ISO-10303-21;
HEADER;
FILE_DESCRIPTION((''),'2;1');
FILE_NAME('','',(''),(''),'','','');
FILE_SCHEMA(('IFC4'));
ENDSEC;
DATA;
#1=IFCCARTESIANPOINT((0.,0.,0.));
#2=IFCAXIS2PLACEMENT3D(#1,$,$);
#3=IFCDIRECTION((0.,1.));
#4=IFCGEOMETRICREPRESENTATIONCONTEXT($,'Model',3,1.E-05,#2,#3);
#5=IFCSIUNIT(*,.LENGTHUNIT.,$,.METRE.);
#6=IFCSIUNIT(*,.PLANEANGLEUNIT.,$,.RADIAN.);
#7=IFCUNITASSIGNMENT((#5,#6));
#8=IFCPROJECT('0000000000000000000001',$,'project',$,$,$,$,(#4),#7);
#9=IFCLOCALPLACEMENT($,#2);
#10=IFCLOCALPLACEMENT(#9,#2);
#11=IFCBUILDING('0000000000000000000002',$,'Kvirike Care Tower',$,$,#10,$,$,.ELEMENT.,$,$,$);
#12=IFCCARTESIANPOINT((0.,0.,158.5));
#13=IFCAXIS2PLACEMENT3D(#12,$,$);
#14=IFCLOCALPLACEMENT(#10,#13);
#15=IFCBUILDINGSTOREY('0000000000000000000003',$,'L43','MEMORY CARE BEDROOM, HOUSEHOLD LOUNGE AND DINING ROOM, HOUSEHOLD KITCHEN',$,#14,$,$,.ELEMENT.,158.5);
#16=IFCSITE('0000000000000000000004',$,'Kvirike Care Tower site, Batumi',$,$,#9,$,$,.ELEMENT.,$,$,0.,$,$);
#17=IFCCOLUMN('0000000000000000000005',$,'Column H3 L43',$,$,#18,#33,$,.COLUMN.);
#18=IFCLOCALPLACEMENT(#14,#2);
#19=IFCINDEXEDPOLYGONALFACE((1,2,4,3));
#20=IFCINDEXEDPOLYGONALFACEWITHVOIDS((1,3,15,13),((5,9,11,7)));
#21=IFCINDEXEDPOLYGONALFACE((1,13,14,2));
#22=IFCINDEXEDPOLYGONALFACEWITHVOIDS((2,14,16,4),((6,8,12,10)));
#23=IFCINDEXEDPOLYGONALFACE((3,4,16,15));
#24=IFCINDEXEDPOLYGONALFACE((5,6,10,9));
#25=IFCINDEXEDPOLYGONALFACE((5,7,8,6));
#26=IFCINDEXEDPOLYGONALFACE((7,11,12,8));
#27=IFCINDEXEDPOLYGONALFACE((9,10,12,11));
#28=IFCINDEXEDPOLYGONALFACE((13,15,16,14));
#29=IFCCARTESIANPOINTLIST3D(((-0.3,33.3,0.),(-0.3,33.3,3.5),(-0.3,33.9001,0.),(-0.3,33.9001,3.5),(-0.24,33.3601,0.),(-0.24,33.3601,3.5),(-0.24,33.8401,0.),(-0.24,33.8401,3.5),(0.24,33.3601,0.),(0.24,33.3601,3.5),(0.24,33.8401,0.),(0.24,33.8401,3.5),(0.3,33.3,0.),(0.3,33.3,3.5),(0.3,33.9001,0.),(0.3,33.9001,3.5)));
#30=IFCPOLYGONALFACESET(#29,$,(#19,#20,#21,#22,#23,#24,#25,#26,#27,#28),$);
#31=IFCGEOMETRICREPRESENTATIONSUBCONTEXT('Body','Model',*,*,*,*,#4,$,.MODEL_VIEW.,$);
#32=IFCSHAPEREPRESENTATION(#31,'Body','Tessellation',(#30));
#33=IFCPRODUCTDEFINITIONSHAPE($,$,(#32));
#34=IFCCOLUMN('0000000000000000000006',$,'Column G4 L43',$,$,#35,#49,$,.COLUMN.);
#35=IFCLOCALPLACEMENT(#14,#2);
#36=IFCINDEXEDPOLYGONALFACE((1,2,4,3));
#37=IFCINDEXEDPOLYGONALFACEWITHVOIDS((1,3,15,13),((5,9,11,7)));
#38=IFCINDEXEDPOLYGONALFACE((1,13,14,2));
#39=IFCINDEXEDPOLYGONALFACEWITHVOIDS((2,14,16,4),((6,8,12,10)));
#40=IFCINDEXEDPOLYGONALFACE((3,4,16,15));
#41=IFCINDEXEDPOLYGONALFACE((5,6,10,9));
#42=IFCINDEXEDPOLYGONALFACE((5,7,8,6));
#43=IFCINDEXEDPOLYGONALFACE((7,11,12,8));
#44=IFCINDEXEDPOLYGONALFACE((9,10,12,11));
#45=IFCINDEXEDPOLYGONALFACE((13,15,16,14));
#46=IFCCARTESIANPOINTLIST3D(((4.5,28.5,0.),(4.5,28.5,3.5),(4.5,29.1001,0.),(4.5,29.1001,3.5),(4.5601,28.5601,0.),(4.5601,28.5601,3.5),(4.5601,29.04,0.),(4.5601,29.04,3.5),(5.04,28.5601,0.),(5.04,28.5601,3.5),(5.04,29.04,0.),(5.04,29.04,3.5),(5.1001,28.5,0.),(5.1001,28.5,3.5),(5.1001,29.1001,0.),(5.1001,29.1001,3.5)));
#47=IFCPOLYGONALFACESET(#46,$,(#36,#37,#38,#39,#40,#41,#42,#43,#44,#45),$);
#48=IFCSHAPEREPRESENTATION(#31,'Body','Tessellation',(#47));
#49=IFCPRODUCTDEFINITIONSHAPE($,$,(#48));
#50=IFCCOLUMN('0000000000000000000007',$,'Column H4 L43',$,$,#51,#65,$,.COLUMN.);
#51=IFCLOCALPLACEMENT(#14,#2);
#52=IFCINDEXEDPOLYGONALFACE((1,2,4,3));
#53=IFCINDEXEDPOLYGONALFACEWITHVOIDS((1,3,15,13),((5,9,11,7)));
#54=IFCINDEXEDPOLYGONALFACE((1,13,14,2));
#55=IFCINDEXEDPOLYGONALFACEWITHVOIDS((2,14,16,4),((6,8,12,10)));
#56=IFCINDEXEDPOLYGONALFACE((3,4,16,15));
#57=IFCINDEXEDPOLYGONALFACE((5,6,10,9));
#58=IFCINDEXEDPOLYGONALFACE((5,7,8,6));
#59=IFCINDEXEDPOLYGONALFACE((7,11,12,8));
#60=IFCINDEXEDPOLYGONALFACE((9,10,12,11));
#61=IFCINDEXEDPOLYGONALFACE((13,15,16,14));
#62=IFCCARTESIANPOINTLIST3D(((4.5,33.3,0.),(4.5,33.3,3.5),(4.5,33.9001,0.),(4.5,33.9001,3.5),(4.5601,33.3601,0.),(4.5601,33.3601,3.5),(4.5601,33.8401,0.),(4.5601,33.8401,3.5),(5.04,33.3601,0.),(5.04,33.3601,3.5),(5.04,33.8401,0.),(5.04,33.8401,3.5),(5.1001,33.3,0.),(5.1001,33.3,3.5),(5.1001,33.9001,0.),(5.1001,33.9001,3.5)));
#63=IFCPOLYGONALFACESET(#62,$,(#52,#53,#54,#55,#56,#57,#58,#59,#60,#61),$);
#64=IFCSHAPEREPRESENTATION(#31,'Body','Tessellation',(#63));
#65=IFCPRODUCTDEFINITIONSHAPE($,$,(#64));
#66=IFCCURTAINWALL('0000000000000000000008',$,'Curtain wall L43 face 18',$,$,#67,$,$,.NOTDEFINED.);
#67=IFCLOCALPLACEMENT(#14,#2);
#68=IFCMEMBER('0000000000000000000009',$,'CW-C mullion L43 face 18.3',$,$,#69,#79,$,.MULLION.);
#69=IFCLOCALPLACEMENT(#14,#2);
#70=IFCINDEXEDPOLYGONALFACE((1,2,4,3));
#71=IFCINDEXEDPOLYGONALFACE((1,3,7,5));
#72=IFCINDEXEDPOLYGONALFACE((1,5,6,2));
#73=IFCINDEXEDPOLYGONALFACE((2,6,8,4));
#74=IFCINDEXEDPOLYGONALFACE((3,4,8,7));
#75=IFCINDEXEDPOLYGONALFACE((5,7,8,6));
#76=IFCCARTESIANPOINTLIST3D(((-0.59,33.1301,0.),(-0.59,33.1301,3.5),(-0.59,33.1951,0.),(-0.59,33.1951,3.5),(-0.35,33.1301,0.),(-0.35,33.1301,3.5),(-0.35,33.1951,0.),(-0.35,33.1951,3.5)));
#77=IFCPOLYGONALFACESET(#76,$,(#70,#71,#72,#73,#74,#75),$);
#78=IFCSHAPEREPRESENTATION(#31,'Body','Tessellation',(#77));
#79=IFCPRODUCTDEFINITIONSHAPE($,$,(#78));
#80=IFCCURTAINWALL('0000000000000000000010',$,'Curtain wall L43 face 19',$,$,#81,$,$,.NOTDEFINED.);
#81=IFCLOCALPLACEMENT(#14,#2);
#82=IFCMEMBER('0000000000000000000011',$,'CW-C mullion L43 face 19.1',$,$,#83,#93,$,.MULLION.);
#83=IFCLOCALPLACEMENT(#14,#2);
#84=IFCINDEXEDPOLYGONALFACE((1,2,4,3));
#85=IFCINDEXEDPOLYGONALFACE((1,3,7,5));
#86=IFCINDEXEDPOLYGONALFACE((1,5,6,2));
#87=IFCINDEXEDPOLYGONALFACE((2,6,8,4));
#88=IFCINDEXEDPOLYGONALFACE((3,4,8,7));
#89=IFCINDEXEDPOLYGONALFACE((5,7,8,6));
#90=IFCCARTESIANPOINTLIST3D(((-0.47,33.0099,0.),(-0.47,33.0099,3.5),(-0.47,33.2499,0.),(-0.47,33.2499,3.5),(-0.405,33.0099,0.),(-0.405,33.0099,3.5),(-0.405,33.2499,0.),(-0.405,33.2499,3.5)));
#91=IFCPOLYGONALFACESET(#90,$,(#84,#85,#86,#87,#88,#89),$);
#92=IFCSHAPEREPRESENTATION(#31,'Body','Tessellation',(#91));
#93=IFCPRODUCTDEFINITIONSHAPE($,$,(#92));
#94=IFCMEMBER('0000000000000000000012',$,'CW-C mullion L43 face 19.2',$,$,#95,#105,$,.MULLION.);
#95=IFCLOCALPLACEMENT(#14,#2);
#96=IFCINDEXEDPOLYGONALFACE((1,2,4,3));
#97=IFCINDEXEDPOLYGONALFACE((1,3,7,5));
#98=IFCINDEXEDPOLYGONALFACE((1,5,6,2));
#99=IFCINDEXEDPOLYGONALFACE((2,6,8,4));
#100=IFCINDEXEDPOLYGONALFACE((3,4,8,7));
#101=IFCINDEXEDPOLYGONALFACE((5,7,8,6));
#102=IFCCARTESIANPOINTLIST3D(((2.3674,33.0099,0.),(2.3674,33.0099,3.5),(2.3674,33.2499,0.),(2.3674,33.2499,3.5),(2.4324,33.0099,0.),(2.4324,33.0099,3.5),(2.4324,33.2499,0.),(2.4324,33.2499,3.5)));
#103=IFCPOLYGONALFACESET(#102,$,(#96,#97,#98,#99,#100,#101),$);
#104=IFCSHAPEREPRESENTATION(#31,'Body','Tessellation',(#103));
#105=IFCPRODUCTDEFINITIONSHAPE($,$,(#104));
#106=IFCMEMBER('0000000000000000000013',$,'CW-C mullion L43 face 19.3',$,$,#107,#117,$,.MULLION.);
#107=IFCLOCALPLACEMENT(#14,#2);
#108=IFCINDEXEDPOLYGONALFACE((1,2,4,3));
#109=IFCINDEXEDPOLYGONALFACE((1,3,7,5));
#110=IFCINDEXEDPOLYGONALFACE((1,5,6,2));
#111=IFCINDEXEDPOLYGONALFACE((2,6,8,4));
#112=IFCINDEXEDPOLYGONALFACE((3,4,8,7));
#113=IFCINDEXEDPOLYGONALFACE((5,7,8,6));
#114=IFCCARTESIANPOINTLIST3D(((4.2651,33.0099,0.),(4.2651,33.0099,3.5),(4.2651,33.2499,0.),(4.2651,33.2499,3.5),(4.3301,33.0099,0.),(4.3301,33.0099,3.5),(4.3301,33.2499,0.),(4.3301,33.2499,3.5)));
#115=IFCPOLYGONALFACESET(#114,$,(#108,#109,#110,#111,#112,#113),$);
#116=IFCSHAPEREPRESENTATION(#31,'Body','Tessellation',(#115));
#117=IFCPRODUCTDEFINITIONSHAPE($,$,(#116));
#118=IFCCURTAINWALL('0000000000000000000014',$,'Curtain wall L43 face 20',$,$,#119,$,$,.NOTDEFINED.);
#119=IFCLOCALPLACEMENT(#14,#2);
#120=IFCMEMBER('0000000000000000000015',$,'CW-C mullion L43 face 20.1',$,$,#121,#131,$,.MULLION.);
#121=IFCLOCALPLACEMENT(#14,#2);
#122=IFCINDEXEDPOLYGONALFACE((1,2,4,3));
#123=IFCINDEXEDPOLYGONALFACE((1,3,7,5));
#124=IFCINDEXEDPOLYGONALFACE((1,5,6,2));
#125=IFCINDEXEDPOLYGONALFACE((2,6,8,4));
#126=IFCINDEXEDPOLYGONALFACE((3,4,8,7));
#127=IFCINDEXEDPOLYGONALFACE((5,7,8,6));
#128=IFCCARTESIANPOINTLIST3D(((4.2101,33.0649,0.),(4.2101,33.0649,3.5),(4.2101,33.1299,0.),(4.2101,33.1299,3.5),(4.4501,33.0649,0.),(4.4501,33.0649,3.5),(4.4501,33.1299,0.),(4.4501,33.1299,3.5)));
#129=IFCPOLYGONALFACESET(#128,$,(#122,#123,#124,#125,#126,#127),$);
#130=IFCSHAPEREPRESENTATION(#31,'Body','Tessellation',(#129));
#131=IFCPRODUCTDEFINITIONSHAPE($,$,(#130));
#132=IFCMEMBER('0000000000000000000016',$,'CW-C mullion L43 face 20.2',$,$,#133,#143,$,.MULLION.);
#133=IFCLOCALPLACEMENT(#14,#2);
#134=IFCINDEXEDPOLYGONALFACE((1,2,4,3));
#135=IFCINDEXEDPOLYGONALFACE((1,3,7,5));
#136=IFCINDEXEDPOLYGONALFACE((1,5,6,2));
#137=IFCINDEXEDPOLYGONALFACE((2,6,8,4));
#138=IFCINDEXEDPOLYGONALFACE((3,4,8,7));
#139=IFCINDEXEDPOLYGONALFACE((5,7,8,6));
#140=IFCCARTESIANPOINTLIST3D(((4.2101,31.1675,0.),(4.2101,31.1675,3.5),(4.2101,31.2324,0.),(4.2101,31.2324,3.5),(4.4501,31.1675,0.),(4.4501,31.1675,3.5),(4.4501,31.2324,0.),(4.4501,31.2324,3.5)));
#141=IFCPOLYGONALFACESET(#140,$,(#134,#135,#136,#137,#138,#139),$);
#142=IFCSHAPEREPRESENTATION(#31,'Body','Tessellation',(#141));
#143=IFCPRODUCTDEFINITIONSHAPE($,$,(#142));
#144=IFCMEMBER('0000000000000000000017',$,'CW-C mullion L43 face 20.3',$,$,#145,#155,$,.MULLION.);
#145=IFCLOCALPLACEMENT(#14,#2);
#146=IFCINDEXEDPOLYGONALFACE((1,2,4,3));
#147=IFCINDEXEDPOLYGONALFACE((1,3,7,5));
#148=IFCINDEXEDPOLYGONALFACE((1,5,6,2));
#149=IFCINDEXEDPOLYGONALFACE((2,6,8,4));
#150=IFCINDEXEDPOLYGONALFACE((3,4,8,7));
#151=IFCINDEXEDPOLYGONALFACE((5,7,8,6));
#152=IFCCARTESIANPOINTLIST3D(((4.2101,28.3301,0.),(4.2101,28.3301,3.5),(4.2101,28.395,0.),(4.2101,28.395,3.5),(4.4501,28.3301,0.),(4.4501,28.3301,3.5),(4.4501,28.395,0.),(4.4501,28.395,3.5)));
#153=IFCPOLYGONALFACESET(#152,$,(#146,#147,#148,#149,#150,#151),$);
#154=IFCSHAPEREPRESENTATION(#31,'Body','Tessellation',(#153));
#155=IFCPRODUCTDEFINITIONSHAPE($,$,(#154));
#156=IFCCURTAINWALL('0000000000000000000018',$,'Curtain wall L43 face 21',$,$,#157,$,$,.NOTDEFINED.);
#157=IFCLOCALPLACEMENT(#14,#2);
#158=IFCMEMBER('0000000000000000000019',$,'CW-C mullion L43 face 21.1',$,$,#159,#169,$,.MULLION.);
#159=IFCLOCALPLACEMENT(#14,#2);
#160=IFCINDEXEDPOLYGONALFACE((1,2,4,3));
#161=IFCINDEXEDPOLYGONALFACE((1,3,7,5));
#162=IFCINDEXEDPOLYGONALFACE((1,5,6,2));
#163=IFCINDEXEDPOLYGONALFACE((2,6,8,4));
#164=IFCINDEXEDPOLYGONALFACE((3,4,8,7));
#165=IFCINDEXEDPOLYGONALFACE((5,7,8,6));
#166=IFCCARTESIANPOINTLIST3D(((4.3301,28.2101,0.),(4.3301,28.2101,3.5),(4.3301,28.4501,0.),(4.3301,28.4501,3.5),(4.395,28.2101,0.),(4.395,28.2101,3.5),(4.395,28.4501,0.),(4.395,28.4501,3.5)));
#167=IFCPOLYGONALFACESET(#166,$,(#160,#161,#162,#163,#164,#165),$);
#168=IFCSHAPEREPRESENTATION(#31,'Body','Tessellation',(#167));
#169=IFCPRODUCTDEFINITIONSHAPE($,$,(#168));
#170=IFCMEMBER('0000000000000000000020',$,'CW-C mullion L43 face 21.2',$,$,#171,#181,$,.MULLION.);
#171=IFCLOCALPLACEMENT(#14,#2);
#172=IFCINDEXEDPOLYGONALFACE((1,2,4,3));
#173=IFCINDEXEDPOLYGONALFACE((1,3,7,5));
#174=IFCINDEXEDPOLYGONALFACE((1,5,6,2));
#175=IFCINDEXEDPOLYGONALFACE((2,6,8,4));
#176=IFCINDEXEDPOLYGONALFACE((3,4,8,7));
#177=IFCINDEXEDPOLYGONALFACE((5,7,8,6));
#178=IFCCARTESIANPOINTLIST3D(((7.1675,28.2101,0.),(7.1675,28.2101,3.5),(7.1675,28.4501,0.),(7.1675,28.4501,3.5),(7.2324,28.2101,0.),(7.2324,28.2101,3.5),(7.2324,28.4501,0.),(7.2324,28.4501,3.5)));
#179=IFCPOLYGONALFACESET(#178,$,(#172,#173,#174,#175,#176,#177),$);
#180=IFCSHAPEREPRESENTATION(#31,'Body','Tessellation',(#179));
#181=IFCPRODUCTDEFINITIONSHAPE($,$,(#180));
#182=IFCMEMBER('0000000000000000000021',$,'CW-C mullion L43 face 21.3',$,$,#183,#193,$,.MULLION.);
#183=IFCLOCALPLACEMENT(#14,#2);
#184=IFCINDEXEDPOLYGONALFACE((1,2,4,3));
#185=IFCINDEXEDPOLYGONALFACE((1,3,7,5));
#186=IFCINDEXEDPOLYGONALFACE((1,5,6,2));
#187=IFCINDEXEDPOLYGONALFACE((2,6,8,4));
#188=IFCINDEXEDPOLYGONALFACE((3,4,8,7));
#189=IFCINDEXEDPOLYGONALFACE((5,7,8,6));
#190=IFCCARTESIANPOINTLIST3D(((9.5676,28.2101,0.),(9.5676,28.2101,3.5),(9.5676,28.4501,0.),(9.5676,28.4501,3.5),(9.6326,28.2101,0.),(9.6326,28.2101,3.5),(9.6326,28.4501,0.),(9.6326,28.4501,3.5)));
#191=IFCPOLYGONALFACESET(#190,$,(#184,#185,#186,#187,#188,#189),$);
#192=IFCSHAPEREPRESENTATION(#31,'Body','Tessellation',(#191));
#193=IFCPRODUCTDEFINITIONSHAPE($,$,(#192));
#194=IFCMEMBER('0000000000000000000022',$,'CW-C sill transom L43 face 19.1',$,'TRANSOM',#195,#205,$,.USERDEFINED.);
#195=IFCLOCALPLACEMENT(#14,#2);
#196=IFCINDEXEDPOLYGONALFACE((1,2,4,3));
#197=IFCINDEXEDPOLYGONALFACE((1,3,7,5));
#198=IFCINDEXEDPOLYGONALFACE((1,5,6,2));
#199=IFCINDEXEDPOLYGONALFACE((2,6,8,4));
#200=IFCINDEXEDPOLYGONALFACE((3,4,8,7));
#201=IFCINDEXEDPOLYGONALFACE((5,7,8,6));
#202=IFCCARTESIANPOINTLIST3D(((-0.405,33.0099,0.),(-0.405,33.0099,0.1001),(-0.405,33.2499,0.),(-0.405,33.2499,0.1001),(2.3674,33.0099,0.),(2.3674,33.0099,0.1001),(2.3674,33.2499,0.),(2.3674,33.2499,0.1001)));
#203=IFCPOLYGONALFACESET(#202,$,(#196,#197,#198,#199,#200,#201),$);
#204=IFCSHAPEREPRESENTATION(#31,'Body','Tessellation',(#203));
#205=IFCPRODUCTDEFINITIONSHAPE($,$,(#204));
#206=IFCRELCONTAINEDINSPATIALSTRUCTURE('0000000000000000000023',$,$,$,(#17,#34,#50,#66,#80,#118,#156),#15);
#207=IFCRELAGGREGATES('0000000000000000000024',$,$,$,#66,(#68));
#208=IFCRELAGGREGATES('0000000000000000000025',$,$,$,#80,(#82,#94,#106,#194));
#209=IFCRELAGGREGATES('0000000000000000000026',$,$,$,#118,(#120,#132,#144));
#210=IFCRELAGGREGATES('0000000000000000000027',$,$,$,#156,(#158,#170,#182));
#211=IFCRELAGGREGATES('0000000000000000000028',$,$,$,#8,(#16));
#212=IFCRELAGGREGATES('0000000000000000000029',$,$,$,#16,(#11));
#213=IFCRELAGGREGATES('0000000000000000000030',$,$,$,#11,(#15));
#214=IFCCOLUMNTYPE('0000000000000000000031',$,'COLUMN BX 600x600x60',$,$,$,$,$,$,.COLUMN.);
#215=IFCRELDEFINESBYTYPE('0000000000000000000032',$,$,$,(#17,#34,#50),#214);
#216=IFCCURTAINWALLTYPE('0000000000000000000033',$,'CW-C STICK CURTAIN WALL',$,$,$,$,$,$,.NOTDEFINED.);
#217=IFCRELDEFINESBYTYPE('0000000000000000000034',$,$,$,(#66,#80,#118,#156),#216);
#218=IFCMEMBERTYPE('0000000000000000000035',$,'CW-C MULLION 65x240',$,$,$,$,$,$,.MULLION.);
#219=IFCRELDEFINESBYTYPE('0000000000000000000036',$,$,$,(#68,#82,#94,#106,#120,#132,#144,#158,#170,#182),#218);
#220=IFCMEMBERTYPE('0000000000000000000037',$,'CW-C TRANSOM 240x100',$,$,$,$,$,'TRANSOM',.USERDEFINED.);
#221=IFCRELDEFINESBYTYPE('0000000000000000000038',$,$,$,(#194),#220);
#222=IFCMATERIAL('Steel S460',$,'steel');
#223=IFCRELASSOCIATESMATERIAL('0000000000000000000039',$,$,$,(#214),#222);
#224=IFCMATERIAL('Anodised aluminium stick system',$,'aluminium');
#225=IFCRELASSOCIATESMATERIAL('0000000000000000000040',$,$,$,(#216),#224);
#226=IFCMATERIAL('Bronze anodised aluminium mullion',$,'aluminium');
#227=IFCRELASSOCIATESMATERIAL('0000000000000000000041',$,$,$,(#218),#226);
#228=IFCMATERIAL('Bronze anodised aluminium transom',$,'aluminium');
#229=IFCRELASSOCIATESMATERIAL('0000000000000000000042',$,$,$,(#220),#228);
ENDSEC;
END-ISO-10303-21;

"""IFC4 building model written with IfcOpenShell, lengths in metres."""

from ifc_helpers import new_model, si_unit, direction, frame, origin, origin_2d, place, context, subcontext, project, spatial, rectangle, hollow_rectangle, extrude, material, material_profile, profile_set, type_object, element, aggregate, save


model = new_model("IFC4")

# Units and contexts
model_context = context("Model", 3, precision=1e-05, world=origin(), true_north=direction((0.0, 1.0)))
body_context = subcontext(model_context, "Body", "Model", "MODEL_VIEW")
ifc_project = project(units=[si_unit("LENGTHUNIT", "METRE"), si_unit("PLANEANGLEUNIT", "RADIAN")], contexts=[model_context])

# Site, building, storey
site_placement = place(None, origin())
site = spatial("IfcSite", under=ifc_project, at=site_placement, Name="Kvirike Care Tower site, Batumi", CompositionType="ELEMENT", RefElevation=0.0)
building_placement = place(site_placement, origin())
building = spatial("IfcBuilding", under=site, at=building_placement, Name="Kvirike Care Tower", CompositionType="ELEMENT")
storey_placement = place(building_placement, frame((0.0, 0.0, 158.5)))
storey = spatial("IfcBuildingStorey", under=building, at=storey_placement, Name="L43", Description="MEMORY CARE BEDROOM, HOUSEHOLD LOUNGE AND DINING ROOM, HOUSEHOLD KITCHEN", CompositionType="ELEMENT", Elevation=158.5)

# Columns
ifc_material_1 = material(Name="Steel S460", Category="steel")
ifc_material_profile_1 = material_profile(ifc_material_1, hollow_rectangle(XDim=0.6001, YDim=0.6001, WallThickness=0.0601, at=origin_2d()), Name="BX 600x600x60")
ifc_profile_set_1 = profile_set([ifc_material_profile_1], Name="Steel S460")
column_type = type_object("IfcColumnType", Name="COLUMN BX 600x600x60", PredefinedType="COLUMN", material=ifc_profile_set_1)
for number, where, z_axis, x_axis, name in (
    (1, (0.0, 33.6001, 0.0), (0.0, 0.0, 1.0), (0.0, 1.0, 0.0), "Column H3 L43"),
    (2, (4.8, 28.8, 0.0), (0.0, 0.0, 1.0), (0.0, 1.0, 0.0), "Column G4 L43"),
    (3, (4.8, 33.6001, 0.0), (0.0, 0.0, 1.0), (0.0, 1.0, 0.0), "Column H4 L43"),
):
    element("IfcColumn", number, at=place(storey_placement, frame(where, z_axis=z_axis, x_axis=x_axis)), inside=storey, type_object=column_type, Name=name, PredefinedType="COLUMN", context=body_context, shape_type="SweptSolid", body=[
        extrude(hollow_rectangle(XDim=0.6001, YDim=0.6001, WallThickness=0.0601, at=origin_2d()), origin(), (0.0, 0.0, 1.0), 3.5),
    ])

# Curtain wall, member
ifc_material_2 = material(Name="Anodised aluminium stick system", Category="aluminium")
curtain_wall_type = type_object("IfcCurtainWallType", Name="CW-C STICK CURTAIN WALL", PredefinedType="NOTDEFINED", material=ifc_material_2)
curtain_wall_1_placement = place(storey_placement, origin())
curtain_wall_1 = element("IfcCurtainWall", 4, at=curtain_wall_1_placement, inside=storey, type_object=curtain_wall_type, Name="Curtain wall L43 face 18", PredefinedType="NOTDEFINED")
ifc_material_3 = material(Name="Bronze anodised aluminium mullion", Category="aluminium")
ifc_material_profile_2 = material_profile(ifc_material_3, rectangle(XDim=0.0649, YDim=0.24, at=origin_2d()), Name="CW-C MULLION 65x240")
ifc_profile_set_2 = profile_set([ifc_material_profile_2], Name="Bronze anodised aluminium mullion")
member_type_1 = type_object("IfcMemberType", Name="CW-C MULLION 65x240", PredefinedType="MULLION", material=ifc_profile_set_2)
member_1_placement = place(storey_placement, frame((-0.47, 33.1626, 0.0), z_axis=(0.0, 0.0, 1.0), x_axis=(0.0, -1.0, 0.0)))
member_1 = element("IfcMember", 5, at=member_1_placement, type_object=member_type_1, Name="CW-C mullion L43 face 18.3", PredefinedType="MULLION", context=body_context, shape_type="SweptSolid", body=[
    extrude(rectangle(XDim=0.0649, YDim=0.24, at=origin_2d()), origin(), (0.0, 0.0, 1.0), 3.5),
])
aggregate(curtain_wall_1, [member_1])

# Curtain walls, members
curtain_wall_2_placement = place(storey_placement, origin())
curtain_wall_2 = element("IfcCurtainWall", 6, at=curtain_wall_2_placement, inside=storey, type_object=curtain_wall_type, Name="Curtain wall L43 face 19", PredefinedType="NOTDEFINED")
member_2_placement = place(storey_placement, frame((-0.4375, 33.1299, 0.0), z_axis=(0.0, 0.0, 1.0), x_axis=(1.0, 0.0, 0.0)))
member_2 = element("IfcMember", 7, at=member_2_placement, type_object=member_type_1, Name="CW-C mullion L43 face 19.1", PredefinedType="MULLION", context=body_context, shape_type="SweptSolid", body=[
    extrude(rectangle(XDim=0.0649, YDim=0.24, at=origin_2d()), origin(), (0.0, 0.0, 1.0), 3.5),
])
member_3_placement = place(storey_placement, frame((2.3999, 33.1299, 0.0), z_axis=(0.0, 0.0, 1.0), x_axis=(1.0, 0.0, 0.0)))
member_3 = element("IfcMember", 8, at=member_3_placement, type_object=member_type_1, Name="CW-C mullion L43 face 19.2", PredefinedType="MULLION", context=body_context, shape_type="SweptSolid", body=[
    extrude(rectangle(XDim=0.0649, YDim=0.24, at=origin_2d()), origin(), (0.0, 0.0, 1.0), 3.5),
])
member_4_placement = place(storey_placement, frame((4.2976, 33.1299, 0.0), z_axis=(0.0, 0.0, 1.0), x_axis=(1.0, 0.0, 0.0)))
member_4 = element("IfcMember", 9, at=member_4_placement, type_object=member_type_1, Name="CW-C mullion L43 face 19.3", PredefinedType="MULLION", context=body_context, shape_type="SweptSolid", body=[
    extrude(rectangle(XDim=0.0649, YDim=0.24, at=origin_2d()), origin(), (0.0, 0.0, 1.0), 3.5),
])
curtain_wall_3_placement = place(storey_placement, origin())
curtain_wall_3 = element("IfcCurtainWall", 10, at=curtain_wall_3_placement, inside=storey, type_object=curtain_wall_type, Name="Curtain wall L43 face 20", PredefinedType="NOTDEFINED")
member_5_placement = place(storey_placement, frame((4.3301, 33.0974, 0.0), z_axis=(0.0, 0.0, 1.0), x_axis=(0.0, -1.0, 0.0)))
member_5 = element("IfcMember", 11, at=member_5_placement, type_object=member_type_1, Name="CW-C mullion L43 face 20.1", PredefinedType="MULLION", context=body_context, shape_type="SweptSolid", body=[
    extrude(rectangle(XDim=0.0649, YDim=0.24, at=origin_2d()), origin(), (0.0, 0.0, 1.0), 3.5),
])
member_6_placement = place(storey_placement, frame((4.3301, 31.2, 0.0), z_axis=(0.0, 0.0, 1.0), x_axis=(0.0, -1.0, 0.0)))
member_6 = element("IfcMember", 12, at=member_6_placement, type_object=member_type_1, Name="CW-C mullion L43 face 20.2", PredefinedType="MULLION", context=body_context, shape_type="SweptSolid", body=[
    extrude(rectangle(XDim=0.0649, YDim=0.24, at=origin_2d()), origin(), (0.0, 0.0, 1.0), 3.5),
])
member_7_placement = place(storey_placement, frame((4.3301, 28.3625, 0.0), z_axis=(0.0, 0.0, 1.0), x_axis=(0.0, -1.0, 0.0)))
member_7 = element("IfcMember", 13, at=member_7_placement, type_object=member_type_1, Name="CW-C mullion L43 face 20.3", PredefinedType="MULLION", context=body_context, shape_type="SweptSolid", body=[
    extrude(rectangle(XDim=0.0649, YDim=0.24, at=origin_2d()), origin(), (0.0, 0.0, 1.0), 3.5),
])
curtain_wall_4_placement = place(storey_placement, origin())
curtain_wall_4 = element("IfcCurtainWall", 14, at=curtain_wall_4_placement, inside=storey, type_object=curtain_wall_type, Name="Curtain wall L43 face 21", PredefinedType="NOTDEFINED")
member_8_placement = place(storey_placement, frame((4.3625, 28.3301, 0.0), z_axis=(0.0, 0.0, 1.0), x_axis=(1.0, 0.0, 0.0)))
member_8 = element("IfcMember", 15, at=member_8_placement, type_object=member_type_1, Name="CW-C mullion L43 face 21.1", PredefinedType="MULLION", context=body_context, shape_type="SweptSolid", body=[
    extrude(rectangle(XDim=0.0649, YDim=0.24, at=origin_2d()), origin(), (0.0, 0.0, 1.0), 3.5),
])
member_9_placement = place(storey_placement, frame((7.2, 28.3301, 0.0), z_axis=(0.0, 0.0, 1.0), x_axis=(1.0, 0.0, 0.0)))
member_9 = element("IfcMember", 16, at=member_9_placement, type_object=member_type_1, Name="CW-C mullion L43 face 21.2", PredefinedType="MULLION", context=body_context, shape_type="SweptSolid", body=[
    extrude(rectangle(XDim=0.0649, YDim=0.24, at=origin_2d()), origin(), (0.0, 0.0, 1.0), 3.5),
])
member_10_placement = place(storey_placement, frame((9.6001, 28.3301, 0.0), z_axis=(0.0, 0.0, 1.0), x_axis=(1.0, 0.0, 0.0)))
member_10 = element("IfcMember", 17, at=member_10_placement, type_object=member_type_1, Name="CW-C mullion L43 face 21.3", PredefinedType="MULLION", context=body_context, shape_type="SweptSolid", body=[
    extrude(rectangle(XDim=0.0649, YDim=0.24, at=origin_2d()), origin(), (0.0, 0.0, 1.0), 3.5),
])

# Member
ifc_material_4 = material(Name="Bronze anodised aluminium transom", Category="aluminium")
ifc_material_profile_3 = material_profile(ifc_material_4, rectangle(XDim=0.24, YDim=0.1001, at=origin_2d()), Name="CW-C TRANSOM 240x100")
ifc_profile_set_3 = profile_set([ifc_material_profile_3], Name="Bronze anodised aluminium transom")
member_type_2 = type_object("IfcMemberType", Name="CW-C TRANSOM 240x100", ElementType="TRANSOM", PredefinedType="USERDEFINED", material=ifc_profile_set_3)
member_11_placement = place(storey_placement, frame((-0.405, 33.1299, 0.05), z_axis=(1.0, 0.0, 0.0), x_axis=(0.0, 1.0, 0.0)))
member_11 = element("IfcMember", 18, at=member_11_placement, type_object=member_type_2, Name="CW-C sill transom L43 face 19.1", ObjectType="TRANSOM", PredefinedType="USERDEFINED", context=body_context, shape_type="SweptSolid", body=[
    extrude(rectangle(XDim=0.24, YDim=0.1001, at=origin_2d()), origin(), (0.0, 0.0, 1.0), 2.7725),
])

aggregate(curtain_wall_2, [member_2, member_3, member_4, member_11])
aggregate(curtain_wall_3, [member_5, member_6, member_7])
aggregate(curtain_wall_4, [member_8, member_9, member_10])

save(model, "model.ifc")
